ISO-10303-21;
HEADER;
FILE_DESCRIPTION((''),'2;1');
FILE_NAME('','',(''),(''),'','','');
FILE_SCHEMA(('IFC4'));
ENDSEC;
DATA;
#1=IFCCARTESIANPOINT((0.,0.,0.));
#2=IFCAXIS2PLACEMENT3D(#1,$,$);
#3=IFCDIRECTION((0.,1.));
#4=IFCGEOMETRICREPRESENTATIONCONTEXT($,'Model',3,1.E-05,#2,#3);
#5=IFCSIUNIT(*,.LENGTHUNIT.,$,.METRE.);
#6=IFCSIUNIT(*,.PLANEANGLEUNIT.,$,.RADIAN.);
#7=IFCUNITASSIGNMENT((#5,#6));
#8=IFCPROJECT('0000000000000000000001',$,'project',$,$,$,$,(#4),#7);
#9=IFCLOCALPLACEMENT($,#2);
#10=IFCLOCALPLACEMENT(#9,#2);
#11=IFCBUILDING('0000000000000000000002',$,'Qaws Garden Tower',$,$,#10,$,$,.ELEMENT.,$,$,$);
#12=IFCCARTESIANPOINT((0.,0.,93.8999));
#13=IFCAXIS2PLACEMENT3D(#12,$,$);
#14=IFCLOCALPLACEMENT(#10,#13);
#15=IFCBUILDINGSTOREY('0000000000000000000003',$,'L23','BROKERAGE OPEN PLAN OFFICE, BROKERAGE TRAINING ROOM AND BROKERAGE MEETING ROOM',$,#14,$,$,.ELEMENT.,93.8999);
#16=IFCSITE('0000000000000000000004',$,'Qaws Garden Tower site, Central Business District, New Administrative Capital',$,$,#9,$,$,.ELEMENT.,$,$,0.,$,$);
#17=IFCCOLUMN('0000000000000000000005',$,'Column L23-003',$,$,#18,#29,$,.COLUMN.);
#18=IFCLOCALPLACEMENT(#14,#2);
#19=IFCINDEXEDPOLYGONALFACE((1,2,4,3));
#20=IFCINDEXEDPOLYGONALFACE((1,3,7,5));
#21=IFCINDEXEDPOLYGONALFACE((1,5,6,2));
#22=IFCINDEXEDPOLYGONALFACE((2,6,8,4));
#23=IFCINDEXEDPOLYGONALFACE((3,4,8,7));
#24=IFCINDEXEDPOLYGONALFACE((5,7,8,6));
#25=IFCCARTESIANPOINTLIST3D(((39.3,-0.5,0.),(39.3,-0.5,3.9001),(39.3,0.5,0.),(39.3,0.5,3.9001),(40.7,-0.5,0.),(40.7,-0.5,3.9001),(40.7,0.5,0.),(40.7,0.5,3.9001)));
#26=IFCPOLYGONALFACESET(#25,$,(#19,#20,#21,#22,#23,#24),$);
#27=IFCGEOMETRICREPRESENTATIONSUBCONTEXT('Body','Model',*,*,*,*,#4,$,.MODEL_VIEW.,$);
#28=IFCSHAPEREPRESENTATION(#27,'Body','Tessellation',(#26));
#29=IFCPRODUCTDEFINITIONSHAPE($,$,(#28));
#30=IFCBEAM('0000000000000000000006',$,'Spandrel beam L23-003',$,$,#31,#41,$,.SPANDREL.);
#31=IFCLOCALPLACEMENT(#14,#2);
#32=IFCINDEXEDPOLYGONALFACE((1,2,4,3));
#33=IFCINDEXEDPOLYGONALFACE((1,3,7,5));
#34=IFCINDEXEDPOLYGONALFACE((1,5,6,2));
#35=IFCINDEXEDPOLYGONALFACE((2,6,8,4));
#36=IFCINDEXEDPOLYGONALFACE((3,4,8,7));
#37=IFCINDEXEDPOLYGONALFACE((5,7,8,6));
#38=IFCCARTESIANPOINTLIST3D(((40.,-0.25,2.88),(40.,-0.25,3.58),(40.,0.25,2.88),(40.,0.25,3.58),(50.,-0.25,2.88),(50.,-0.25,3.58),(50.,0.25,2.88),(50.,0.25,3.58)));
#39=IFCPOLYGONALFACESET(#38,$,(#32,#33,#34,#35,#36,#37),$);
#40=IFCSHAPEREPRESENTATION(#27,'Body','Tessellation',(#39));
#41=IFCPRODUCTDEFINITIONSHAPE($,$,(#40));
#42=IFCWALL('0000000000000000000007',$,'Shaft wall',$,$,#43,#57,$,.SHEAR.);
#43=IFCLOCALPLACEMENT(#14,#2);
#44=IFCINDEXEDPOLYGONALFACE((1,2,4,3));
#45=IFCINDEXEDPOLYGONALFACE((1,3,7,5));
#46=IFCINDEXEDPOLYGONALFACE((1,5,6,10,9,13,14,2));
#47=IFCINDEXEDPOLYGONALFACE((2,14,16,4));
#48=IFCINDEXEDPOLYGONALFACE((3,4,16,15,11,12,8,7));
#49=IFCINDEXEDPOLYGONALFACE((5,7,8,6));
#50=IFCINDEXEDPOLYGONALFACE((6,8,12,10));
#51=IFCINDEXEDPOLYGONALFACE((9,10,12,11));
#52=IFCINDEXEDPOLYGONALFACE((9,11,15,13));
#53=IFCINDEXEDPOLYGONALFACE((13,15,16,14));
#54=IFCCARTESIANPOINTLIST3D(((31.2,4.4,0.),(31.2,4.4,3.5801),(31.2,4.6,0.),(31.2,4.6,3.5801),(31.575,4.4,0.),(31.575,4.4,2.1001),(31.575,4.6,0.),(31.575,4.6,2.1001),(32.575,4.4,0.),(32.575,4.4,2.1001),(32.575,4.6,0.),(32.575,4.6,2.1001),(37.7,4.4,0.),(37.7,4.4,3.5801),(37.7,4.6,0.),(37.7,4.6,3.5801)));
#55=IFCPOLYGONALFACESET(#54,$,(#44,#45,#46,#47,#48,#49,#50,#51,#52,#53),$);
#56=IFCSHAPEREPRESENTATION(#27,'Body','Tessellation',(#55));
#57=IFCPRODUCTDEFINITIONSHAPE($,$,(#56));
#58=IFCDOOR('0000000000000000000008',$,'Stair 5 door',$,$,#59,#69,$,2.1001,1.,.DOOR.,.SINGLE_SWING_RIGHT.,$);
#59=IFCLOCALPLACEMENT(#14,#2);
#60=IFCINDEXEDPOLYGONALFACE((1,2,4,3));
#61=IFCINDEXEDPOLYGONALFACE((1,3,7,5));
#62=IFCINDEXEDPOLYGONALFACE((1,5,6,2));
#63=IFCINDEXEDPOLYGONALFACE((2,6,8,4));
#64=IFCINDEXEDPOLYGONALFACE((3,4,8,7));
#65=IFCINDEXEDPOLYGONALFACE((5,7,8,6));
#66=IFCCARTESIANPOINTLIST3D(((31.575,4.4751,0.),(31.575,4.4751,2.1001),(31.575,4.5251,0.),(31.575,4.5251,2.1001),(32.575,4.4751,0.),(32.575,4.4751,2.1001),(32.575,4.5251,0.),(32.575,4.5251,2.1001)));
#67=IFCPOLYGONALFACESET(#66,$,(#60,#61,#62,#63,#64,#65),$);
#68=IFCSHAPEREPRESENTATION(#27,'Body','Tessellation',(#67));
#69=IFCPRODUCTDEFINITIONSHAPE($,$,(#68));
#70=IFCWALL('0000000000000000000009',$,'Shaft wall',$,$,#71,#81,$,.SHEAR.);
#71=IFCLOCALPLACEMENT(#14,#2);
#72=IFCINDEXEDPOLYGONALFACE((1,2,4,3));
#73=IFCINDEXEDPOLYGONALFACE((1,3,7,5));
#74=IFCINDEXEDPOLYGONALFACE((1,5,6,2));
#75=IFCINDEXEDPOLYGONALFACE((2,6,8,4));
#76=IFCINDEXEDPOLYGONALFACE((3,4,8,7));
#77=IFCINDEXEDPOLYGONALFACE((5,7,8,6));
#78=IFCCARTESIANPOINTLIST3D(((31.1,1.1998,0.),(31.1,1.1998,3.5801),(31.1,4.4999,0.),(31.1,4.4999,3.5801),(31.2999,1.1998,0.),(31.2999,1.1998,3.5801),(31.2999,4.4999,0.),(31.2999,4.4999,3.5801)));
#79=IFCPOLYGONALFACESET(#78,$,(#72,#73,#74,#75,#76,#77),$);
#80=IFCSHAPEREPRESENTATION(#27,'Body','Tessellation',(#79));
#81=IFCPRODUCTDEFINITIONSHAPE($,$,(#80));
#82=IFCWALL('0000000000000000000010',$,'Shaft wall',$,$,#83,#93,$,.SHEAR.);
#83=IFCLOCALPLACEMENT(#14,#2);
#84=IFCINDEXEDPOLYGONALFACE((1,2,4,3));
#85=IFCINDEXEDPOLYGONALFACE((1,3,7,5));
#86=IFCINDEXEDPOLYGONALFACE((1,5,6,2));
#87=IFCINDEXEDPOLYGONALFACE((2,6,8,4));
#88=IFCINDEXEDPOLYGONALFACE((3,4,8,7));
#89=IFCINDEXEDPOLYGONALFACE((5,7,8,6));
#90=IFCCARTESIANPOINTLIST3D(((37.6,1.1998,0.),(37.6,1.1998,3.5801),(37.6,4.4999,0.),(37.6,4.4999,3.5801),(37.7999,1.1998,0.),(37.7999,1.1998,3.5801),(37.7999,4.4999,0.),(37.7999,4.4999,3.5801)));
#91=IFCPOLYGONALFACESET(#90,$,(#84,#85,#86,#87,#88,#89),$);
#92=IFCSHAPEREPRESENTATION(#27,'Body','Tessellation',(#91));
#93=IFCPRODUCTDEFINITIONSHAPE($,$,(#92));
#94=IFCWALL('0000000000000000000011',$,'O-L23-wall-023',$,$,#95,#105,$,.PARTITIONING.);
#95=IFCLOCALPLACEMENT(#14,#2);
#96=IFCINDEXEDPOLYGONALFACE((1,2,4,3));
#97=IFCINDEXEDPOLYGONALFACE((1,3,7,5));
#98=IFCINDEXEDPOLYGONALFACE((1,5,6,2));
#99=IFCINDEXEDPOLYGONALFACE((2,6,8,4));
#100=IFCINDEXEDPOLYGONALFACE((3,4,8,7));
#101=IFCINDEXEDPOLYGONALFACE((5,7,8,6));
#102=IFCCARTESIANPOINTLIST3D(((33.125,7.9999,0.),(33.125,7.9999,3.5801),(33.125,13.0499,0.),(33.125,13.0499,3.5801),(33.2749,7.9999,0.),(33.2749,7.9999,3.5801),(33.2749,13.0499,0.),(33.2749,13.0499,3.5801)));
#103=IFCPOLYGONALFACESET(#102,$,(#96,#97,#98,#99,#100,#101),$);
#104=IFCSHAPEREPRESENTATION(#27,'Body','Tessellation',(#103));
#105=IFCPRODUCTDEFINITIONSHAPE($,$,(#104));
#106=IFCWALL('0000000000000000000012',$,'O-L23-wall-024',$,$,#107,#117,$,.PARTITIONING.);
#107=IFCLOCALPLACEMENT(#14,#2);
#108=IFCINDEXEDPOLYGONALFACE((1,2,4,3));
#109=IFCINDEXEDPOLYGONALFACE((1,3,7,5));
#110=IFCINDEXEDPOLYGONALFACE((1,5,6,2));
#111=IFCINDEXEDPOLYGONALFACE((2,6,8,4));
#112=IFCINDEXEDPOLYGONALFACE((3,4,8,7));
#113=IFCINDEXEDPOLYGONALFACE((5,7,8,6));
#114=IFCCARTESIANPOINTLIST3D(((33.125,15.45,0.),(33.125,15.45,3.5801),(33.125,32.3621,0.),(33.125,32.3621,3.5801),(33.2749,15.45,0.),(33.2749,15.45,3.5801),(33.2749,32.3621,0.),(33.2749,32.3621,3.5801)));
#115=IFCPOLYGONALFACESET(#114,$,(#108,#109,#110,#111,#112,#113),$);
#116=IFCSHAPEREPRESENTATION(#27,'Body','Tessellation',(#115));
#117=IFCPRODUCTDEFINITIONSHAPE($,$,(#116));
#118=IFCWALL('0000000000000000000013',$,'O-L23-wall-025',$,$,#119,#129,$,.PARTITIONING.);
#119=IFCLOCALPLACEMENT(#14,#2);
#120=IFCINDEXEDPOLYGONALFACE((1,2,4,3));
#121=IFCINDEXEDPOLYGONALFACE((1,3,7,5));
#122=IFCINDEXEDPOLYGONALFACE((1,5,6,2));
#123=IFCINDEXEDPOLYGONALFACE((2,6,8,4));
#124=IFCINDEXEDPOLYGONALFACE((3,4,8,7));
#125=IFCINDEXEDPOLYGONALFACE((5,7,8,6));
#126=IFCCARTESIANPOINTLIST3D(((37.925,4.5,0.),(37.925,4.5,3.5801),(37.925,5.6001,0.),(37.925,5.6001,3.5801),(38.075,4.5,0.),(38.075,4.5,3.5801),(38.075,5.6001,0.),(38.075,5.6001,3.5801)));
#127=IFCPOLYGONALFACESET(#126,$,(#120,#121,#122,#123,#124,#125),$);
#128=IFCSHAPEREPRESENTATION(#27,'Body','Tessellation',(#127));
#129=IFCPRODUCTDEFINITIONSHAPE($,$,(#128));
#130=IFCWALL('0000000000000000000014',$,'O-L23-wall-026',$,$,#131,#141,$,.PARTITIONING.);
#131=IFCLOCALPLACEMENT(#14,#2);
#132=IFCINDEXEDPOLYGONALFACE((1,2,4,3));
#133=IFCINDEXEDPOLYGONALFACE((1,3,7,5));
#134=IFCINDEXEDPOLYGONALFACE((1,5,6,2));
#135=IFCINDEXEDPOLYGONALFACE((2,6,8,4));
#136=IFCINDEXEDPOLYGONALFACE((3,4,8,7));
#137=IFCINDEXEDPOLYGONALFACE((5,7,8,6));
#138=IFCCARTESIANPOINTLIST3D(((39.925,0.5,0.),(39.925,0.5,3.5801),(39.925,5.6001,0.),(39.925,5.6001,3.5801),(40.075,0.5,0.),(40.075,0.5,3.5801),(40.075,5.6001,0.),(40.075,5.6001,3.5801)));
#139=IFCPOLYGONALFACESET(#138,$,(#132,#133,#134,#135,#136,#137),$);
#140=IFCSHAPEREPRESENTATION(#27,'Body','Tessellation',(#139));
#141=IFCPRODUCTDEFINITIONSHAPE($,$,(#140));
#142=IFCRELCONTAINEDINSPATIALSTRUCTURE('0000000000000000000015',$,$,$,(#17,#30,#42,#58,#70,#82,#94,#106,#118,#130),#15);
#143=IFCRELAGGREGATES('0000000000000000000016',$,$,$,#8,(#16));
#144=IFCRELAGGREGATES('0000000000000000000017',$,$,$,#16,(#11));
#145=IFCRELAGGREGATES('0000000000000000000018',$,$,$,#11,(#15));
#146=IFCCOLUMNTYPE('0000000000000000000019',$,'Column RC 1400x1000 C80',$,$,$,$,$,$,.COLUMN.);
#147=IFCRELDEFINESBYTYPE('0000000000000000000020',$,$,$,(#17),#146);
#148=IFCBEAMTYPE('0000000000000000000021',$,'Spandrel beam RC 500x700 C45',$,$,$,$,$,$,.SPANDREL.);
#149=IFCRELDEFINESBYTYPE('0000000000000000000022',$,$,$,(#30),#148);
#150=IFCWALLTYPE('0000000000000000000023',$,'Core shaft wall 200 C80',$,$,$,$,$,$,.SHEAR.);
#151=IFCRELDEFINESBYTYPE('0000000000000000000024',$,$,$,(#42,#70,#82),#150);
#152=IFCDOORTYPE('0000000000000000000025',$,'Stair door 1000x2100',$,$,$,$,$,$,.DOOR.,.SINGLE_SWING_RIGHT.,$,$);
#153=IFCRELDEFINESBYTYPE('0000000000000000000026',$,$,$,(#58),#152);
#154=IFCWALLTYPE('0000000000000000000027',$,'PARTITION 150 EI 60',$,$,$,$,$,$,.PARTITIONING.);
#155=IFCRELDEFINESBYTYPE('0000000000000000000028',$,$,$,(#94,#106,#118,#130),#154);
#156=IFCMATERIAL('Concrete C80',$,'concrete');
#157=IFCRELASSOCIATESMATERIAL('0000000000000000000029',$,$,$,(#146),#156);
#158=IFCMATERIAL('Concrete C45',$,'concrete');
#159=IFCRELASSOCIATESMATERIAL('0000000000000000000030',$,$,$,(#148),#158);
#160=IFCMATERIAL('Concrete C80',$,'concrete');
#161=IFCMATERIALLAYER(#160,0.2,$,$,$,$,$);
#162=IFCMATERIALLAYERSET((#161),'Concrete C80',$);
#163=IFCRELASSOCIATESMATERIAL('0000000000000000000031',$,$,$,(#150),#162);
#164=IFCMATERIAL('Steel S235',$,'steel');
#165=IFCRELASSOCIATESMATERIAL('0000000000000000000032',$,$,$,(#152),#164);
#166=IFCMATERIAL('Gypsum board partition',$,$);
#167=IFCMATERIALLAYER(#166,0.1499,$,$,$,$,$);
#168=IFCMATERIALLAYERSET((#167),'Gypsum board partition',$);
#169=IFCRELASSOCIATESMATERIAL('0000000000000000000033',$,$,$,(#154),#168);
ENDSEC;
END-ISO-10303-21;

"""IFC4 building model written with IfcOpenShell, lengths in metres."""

from ifc_helpers import new_model, si_unit, direction, frame, frame_2d, origin, origin_2d, place, context, subcontext, project, spatial, rectangle, extrude, material, layer, layer_set, material_profile, profile_set, type_object, element, fill, save


model = new_model("IFC4")

# Units and contexts
model_context = context("Model", 3, precision=1e-05, world=origin(), true_north=direction((0.0, 1.0)))
body_context = subcontext(model_context, "Body", "Model", "MODEL_VIEW")
ifc_project = project(units=[si_unit("LENGTHUNIT", "METRE"), si_unit("PLANEANGLEUNIT", "RADIAN")], contexts=[model_context])

# Site, building, storey
site_placement = place(None, origin())
site = spatial("IfcSite", under=ifc_project, at=site_placement, Name="Qaws Garden Tower site, Central Business District, New Administrative Capital", CompositionType="ELEMENT", RefElevation=0.0)
building_placement = place(site_placement, origin())
building = spatial("IfcBuilding", under=site, at=building_placement, Name="Qaws Garden Tower", CompositionType="ELEMENT")
storey_placement = place(building_placement, frame((0.0, 0.0, 93.8999)))
storey = spatial("IfcBuildingStorey", under=building, at=storey_placement, Name="L23", Description="BROKERAGE OPEN PLAN OFFICE, BROKERAGE TRAINING ROOM AND BROKERAGE MEETING ROOM", CompositionType="ELEMENT", Elevation=93.8999)

# Column
ifc_material_1 = material(Name="Concrete C80", Category="concrete")
ifc_material_profile_1 = material_profile(ifc_material_1, rectangle(XDim=1.3999, YDim=1.0, at=origin_2d()), Name="RC 1400x1000")
ifc_profile_set_1 = profile_set([ifc_material_profile_1], Name="Concrete C80")
column_type = type_object("IfcColumnType", Name="Column RC 1400x1000 C80", PredefinedType="COLUMN", material=ifc_profile_set_1)
column_placement = place(storey_placement, frame((40.0, 0.0, 0.0), z_axis=(0.0, 0.0, 1.0), x_axis=(1.0, 0.0, 0.0)))
element("IfcColumn", 1, at=column_placement, inside=storey, type_object=column_type, Name="Column L23-003", PredefinedType="COLUMN", context=body_context, shape_type="SweptSolid", body=[
    extrude(rectangle(XDim=1.3999, YDim=1.0, at=origin_2d()), origin(), (0.0, 0.0, 1.0), 3.9001),
])

# Beam
ifc_material_2 = material(Name="Concrete C45", Category="concrete")
ifc_material_profile_2 = material_profile(ifc_material_2, rectangle(XDim=0.5, YDim=0.7, at=origin_2d()), Name="RC 500x700")
ifc_profile_set_2 = profile_set([ifc_material_profile_2], Name="Concrete C45")
beam_type = type_object("IfcBeamType", Name="Spandrel beam RC 500x700 C45", PredefinedType="SPANDREL", material=ifc_profile_set_2)
beam_placement = place(storey_placement, frame((40.0, 0.0, 3.23), z_axis=(1.0, 0.0, 0.0), x_axis=(0.0, 1.0, 0.0)))
element("IfcBeam", 2, at=beam_placement, inside=storey, type_object=beam_type, Name="Spandrel beam L23-003", PredefinedType="SPANDREL", context=body_context, shape_type="SweptSolid", body=[
    extrude(rectangle(XDim=0.5, YDim=0.7, at=origin_2d()), origin(), (0.0, 0.0, 1.0), 10.0),
])

# Wall, opening, door
ifc_material_3 = material(Name="Concrete C80", Category="concrete")
ifc_layer_1 = layer(ifc_material_3, 0.2)
ifc_layer_set_1 = layer_set([ifc_layer_1], Name="Concrete C80")
wall_type_1 = type_object("IfcWallType", Name="Core shaft wall 200 C80", PredefinedType="SHEAR", material=ifc_layer_set_1)
wall_1_placement = place(storey_placement, frame((31.2, 4.5, 0.0), z_axis=(0.0, 0.0, 1.0), x_axis=(1.0, 0.0, 0.0)))
wall_1 = element("IfcWall", 3, at=wall_1_placement, inside=storey, type_object=wall_type_1, Name="Shaft wall", PredefinedType="SHEAR", context=body_context, shape_type="SweptSolid", body=[
    extrude(rectangle(XDim=6.5, YDim=0.2, at=frame_2d((3.25, 0.0))), origin(), (0.0, 0.0, 1.0), 3.5801),
])
opening_1_placement = place(wall_1_placement, frame((0.375, 0.0, 0.0)))
opening_1 = element("IfcOpeningElement", 4, at=opening_1_placement, cuts=wall_1, PredefinedType="OPENING", context=body_context, shape_type="SweptSolid", body=[
    extrude(rectangle(XDim=1.0, YDim=2.1001, at=frame_2d((0.5, 1.05))), frame((0.0, 0.1099, 0.0), z_axis=(0.0, -1.0, 0.0), x_axis=(1.0, 0.0, 0.0)), (0.0, 0.0, 1.0), 0.22),
])
ifc_material_4 = material(Name="Steel S235", Category="steel")
door_type_1 = type_object("IfcDoorType", Name="Stair door 1000x2100", OperationType="SINGLE_SWING_RIGHT", PredefinedType="DOOR", material=ifc_material_4)
door_1_placement = place(opening_1_placement, frame((1.0, 0.0, 0.0), z_axis=(0.0, 0.0, 1.0), x_axis=(-1.0, 0.0, 0.0)))
door_1 = element("IfcDoor", 5, at=door_1_placement, inside=storey, type_object=door_type_1, Name="Stair 5 door", OperationType="SINGLE_SWING_RIGHT", OverallHeight=2.1001, OverallWidth=1.0, PredefinedType="DOOR", context=body_context, shape_type="SweptSolid", body=[
    extrude(rectangle(XDim=1.0, YDim=2.1001, at=frame_2d((0.5, 1.05))), frame((0.0, 0.0249, 0.0), z_axis=(0.0, -1.0, 0.0), x_axis=(1.0, 0.0, 0.0)), (0.0, 0.0, 1.0), 0.05),
])
fill(opening_1, door_1)

# Walls
for number, where, z_axis, x_axis, name in (
    (6, (31.2, 1.2, 0.0), (0.0, 0.0, 1.0), (0.0, 1.0, 0.0), "Shaft wall"),
    (7, (37.7, 1.2, 0.0), (0.0, 0.0, 1.0), (0.0, 1.0, 0.0), "Shaft wall"),
):
    element("IfcWall", number, at=place(storey_placement, frame(where, z_axis=z_axis, x_axis=x_axis)), inside=storey, type_object=wall_type_1, Name=name, PredefinedType="SHEAR", context=body_context, shape_type="SweptSolid", body=[
        extrude(rectangle(XDim=3.3, YDim=0.2, at=frame_2d((1.6499, 0.0))), origin(), (0.0, 0.0, 1.0), 3.5801),
    ])
ifc_material_5 = material(Name="Gypsum board partition")
ifc_layer_2 = layer(ifc_material_5, 0.1499)
ifc_layer_set_2 = layer_set([ifc_layer_2], Name="Gypsum board partition")
wall_type_2 = type_object("IfcWallType", Name="PARTITION 150 EI 60", PredefinedType="PARTITIONING", material=ifc_layer_set_2)
wall_2_placement = place(storey_placement, frame((33.2, 8.0, 0.0), z_axis=(0.0, 0.0, 1.0), x_axis=(0.0, 1.0, 0.0)))
element("IfcWall", 8, at=wall_2_placement, inside=storey, type_object=wall_type_2, Name="O-L23-wall-023", PredefinedType="PARTITIONING", context=body_context, shape_type="SweptSolid", body=[
    extrude(rectangle(XDim=5.05, YDim=0.1499, at=frame_2d((2.5249, 0.0))), origin(), (0.0, 0.0, 1.0), 3.5801),
])
wall_3_placement = place(storey_placement, frame((33.2, 15.45, 0.0), z_axis=(0.0, 0.0, 1.0), x_axis=(0.0, 1.0, 0.0)))
element("IfcWall", 9, at=wall_3_placement, inside=storey, type_object=wall_type_2, Name="O-L23-wall-024", PredefinedType="PARTITIONING", context=body_context, shape_type="SweptSolid", body=[
    extrude(rectangle(XDim=16.9121, YDim=0.1499, at=frame_2d((8.4561, 0.0))), origin(), (0.0, 0.0, 1.0), 3.5801),
])
wall_4_placement = place(storey_placement, frame((38.0, 4.5, 0.0), z_axis=(0.0, 0.0, 1.0), x_axis=(0.0, 1.0, 0.0)))
element("IfcWall", 10, at=wall_4_placement, inside=storey, type_object=wall_type_2, Name="O-L23-wall-025", PredefinedType="PARTITIONING", context=body_context, shape_type="SweptSolid", body=[
    extrude(rectangle(XDim=1.1001, YDim=0.1499, at=frame_2d((0.55, 0.0))), origin(), (0.0, 0.0, 1.0), 3.5801),
])
wall_5_placement = place(storey_placement, frame((40.0, 0.5, 0.0), z_axis=(0.0, 0.0, 1.0), x_axis=(0.0, 1.0, 0.0)))
element("IfcWall", 11, at=wall_5_placement, inside=storey, type_object=wall_type_2, Name="O-L23-wall-026", PredefinedType="PARTITIONING", context=body_context, shape_type="SweptSolid", body=[
    extrude(rectangle(XDim=5.1001, YDim=0.1499, at=frame_2d((2.55, 0.0))), origin(), (0.0, 0.0, 1.0), 3.5801),
])

save(model, "model.ifc")
